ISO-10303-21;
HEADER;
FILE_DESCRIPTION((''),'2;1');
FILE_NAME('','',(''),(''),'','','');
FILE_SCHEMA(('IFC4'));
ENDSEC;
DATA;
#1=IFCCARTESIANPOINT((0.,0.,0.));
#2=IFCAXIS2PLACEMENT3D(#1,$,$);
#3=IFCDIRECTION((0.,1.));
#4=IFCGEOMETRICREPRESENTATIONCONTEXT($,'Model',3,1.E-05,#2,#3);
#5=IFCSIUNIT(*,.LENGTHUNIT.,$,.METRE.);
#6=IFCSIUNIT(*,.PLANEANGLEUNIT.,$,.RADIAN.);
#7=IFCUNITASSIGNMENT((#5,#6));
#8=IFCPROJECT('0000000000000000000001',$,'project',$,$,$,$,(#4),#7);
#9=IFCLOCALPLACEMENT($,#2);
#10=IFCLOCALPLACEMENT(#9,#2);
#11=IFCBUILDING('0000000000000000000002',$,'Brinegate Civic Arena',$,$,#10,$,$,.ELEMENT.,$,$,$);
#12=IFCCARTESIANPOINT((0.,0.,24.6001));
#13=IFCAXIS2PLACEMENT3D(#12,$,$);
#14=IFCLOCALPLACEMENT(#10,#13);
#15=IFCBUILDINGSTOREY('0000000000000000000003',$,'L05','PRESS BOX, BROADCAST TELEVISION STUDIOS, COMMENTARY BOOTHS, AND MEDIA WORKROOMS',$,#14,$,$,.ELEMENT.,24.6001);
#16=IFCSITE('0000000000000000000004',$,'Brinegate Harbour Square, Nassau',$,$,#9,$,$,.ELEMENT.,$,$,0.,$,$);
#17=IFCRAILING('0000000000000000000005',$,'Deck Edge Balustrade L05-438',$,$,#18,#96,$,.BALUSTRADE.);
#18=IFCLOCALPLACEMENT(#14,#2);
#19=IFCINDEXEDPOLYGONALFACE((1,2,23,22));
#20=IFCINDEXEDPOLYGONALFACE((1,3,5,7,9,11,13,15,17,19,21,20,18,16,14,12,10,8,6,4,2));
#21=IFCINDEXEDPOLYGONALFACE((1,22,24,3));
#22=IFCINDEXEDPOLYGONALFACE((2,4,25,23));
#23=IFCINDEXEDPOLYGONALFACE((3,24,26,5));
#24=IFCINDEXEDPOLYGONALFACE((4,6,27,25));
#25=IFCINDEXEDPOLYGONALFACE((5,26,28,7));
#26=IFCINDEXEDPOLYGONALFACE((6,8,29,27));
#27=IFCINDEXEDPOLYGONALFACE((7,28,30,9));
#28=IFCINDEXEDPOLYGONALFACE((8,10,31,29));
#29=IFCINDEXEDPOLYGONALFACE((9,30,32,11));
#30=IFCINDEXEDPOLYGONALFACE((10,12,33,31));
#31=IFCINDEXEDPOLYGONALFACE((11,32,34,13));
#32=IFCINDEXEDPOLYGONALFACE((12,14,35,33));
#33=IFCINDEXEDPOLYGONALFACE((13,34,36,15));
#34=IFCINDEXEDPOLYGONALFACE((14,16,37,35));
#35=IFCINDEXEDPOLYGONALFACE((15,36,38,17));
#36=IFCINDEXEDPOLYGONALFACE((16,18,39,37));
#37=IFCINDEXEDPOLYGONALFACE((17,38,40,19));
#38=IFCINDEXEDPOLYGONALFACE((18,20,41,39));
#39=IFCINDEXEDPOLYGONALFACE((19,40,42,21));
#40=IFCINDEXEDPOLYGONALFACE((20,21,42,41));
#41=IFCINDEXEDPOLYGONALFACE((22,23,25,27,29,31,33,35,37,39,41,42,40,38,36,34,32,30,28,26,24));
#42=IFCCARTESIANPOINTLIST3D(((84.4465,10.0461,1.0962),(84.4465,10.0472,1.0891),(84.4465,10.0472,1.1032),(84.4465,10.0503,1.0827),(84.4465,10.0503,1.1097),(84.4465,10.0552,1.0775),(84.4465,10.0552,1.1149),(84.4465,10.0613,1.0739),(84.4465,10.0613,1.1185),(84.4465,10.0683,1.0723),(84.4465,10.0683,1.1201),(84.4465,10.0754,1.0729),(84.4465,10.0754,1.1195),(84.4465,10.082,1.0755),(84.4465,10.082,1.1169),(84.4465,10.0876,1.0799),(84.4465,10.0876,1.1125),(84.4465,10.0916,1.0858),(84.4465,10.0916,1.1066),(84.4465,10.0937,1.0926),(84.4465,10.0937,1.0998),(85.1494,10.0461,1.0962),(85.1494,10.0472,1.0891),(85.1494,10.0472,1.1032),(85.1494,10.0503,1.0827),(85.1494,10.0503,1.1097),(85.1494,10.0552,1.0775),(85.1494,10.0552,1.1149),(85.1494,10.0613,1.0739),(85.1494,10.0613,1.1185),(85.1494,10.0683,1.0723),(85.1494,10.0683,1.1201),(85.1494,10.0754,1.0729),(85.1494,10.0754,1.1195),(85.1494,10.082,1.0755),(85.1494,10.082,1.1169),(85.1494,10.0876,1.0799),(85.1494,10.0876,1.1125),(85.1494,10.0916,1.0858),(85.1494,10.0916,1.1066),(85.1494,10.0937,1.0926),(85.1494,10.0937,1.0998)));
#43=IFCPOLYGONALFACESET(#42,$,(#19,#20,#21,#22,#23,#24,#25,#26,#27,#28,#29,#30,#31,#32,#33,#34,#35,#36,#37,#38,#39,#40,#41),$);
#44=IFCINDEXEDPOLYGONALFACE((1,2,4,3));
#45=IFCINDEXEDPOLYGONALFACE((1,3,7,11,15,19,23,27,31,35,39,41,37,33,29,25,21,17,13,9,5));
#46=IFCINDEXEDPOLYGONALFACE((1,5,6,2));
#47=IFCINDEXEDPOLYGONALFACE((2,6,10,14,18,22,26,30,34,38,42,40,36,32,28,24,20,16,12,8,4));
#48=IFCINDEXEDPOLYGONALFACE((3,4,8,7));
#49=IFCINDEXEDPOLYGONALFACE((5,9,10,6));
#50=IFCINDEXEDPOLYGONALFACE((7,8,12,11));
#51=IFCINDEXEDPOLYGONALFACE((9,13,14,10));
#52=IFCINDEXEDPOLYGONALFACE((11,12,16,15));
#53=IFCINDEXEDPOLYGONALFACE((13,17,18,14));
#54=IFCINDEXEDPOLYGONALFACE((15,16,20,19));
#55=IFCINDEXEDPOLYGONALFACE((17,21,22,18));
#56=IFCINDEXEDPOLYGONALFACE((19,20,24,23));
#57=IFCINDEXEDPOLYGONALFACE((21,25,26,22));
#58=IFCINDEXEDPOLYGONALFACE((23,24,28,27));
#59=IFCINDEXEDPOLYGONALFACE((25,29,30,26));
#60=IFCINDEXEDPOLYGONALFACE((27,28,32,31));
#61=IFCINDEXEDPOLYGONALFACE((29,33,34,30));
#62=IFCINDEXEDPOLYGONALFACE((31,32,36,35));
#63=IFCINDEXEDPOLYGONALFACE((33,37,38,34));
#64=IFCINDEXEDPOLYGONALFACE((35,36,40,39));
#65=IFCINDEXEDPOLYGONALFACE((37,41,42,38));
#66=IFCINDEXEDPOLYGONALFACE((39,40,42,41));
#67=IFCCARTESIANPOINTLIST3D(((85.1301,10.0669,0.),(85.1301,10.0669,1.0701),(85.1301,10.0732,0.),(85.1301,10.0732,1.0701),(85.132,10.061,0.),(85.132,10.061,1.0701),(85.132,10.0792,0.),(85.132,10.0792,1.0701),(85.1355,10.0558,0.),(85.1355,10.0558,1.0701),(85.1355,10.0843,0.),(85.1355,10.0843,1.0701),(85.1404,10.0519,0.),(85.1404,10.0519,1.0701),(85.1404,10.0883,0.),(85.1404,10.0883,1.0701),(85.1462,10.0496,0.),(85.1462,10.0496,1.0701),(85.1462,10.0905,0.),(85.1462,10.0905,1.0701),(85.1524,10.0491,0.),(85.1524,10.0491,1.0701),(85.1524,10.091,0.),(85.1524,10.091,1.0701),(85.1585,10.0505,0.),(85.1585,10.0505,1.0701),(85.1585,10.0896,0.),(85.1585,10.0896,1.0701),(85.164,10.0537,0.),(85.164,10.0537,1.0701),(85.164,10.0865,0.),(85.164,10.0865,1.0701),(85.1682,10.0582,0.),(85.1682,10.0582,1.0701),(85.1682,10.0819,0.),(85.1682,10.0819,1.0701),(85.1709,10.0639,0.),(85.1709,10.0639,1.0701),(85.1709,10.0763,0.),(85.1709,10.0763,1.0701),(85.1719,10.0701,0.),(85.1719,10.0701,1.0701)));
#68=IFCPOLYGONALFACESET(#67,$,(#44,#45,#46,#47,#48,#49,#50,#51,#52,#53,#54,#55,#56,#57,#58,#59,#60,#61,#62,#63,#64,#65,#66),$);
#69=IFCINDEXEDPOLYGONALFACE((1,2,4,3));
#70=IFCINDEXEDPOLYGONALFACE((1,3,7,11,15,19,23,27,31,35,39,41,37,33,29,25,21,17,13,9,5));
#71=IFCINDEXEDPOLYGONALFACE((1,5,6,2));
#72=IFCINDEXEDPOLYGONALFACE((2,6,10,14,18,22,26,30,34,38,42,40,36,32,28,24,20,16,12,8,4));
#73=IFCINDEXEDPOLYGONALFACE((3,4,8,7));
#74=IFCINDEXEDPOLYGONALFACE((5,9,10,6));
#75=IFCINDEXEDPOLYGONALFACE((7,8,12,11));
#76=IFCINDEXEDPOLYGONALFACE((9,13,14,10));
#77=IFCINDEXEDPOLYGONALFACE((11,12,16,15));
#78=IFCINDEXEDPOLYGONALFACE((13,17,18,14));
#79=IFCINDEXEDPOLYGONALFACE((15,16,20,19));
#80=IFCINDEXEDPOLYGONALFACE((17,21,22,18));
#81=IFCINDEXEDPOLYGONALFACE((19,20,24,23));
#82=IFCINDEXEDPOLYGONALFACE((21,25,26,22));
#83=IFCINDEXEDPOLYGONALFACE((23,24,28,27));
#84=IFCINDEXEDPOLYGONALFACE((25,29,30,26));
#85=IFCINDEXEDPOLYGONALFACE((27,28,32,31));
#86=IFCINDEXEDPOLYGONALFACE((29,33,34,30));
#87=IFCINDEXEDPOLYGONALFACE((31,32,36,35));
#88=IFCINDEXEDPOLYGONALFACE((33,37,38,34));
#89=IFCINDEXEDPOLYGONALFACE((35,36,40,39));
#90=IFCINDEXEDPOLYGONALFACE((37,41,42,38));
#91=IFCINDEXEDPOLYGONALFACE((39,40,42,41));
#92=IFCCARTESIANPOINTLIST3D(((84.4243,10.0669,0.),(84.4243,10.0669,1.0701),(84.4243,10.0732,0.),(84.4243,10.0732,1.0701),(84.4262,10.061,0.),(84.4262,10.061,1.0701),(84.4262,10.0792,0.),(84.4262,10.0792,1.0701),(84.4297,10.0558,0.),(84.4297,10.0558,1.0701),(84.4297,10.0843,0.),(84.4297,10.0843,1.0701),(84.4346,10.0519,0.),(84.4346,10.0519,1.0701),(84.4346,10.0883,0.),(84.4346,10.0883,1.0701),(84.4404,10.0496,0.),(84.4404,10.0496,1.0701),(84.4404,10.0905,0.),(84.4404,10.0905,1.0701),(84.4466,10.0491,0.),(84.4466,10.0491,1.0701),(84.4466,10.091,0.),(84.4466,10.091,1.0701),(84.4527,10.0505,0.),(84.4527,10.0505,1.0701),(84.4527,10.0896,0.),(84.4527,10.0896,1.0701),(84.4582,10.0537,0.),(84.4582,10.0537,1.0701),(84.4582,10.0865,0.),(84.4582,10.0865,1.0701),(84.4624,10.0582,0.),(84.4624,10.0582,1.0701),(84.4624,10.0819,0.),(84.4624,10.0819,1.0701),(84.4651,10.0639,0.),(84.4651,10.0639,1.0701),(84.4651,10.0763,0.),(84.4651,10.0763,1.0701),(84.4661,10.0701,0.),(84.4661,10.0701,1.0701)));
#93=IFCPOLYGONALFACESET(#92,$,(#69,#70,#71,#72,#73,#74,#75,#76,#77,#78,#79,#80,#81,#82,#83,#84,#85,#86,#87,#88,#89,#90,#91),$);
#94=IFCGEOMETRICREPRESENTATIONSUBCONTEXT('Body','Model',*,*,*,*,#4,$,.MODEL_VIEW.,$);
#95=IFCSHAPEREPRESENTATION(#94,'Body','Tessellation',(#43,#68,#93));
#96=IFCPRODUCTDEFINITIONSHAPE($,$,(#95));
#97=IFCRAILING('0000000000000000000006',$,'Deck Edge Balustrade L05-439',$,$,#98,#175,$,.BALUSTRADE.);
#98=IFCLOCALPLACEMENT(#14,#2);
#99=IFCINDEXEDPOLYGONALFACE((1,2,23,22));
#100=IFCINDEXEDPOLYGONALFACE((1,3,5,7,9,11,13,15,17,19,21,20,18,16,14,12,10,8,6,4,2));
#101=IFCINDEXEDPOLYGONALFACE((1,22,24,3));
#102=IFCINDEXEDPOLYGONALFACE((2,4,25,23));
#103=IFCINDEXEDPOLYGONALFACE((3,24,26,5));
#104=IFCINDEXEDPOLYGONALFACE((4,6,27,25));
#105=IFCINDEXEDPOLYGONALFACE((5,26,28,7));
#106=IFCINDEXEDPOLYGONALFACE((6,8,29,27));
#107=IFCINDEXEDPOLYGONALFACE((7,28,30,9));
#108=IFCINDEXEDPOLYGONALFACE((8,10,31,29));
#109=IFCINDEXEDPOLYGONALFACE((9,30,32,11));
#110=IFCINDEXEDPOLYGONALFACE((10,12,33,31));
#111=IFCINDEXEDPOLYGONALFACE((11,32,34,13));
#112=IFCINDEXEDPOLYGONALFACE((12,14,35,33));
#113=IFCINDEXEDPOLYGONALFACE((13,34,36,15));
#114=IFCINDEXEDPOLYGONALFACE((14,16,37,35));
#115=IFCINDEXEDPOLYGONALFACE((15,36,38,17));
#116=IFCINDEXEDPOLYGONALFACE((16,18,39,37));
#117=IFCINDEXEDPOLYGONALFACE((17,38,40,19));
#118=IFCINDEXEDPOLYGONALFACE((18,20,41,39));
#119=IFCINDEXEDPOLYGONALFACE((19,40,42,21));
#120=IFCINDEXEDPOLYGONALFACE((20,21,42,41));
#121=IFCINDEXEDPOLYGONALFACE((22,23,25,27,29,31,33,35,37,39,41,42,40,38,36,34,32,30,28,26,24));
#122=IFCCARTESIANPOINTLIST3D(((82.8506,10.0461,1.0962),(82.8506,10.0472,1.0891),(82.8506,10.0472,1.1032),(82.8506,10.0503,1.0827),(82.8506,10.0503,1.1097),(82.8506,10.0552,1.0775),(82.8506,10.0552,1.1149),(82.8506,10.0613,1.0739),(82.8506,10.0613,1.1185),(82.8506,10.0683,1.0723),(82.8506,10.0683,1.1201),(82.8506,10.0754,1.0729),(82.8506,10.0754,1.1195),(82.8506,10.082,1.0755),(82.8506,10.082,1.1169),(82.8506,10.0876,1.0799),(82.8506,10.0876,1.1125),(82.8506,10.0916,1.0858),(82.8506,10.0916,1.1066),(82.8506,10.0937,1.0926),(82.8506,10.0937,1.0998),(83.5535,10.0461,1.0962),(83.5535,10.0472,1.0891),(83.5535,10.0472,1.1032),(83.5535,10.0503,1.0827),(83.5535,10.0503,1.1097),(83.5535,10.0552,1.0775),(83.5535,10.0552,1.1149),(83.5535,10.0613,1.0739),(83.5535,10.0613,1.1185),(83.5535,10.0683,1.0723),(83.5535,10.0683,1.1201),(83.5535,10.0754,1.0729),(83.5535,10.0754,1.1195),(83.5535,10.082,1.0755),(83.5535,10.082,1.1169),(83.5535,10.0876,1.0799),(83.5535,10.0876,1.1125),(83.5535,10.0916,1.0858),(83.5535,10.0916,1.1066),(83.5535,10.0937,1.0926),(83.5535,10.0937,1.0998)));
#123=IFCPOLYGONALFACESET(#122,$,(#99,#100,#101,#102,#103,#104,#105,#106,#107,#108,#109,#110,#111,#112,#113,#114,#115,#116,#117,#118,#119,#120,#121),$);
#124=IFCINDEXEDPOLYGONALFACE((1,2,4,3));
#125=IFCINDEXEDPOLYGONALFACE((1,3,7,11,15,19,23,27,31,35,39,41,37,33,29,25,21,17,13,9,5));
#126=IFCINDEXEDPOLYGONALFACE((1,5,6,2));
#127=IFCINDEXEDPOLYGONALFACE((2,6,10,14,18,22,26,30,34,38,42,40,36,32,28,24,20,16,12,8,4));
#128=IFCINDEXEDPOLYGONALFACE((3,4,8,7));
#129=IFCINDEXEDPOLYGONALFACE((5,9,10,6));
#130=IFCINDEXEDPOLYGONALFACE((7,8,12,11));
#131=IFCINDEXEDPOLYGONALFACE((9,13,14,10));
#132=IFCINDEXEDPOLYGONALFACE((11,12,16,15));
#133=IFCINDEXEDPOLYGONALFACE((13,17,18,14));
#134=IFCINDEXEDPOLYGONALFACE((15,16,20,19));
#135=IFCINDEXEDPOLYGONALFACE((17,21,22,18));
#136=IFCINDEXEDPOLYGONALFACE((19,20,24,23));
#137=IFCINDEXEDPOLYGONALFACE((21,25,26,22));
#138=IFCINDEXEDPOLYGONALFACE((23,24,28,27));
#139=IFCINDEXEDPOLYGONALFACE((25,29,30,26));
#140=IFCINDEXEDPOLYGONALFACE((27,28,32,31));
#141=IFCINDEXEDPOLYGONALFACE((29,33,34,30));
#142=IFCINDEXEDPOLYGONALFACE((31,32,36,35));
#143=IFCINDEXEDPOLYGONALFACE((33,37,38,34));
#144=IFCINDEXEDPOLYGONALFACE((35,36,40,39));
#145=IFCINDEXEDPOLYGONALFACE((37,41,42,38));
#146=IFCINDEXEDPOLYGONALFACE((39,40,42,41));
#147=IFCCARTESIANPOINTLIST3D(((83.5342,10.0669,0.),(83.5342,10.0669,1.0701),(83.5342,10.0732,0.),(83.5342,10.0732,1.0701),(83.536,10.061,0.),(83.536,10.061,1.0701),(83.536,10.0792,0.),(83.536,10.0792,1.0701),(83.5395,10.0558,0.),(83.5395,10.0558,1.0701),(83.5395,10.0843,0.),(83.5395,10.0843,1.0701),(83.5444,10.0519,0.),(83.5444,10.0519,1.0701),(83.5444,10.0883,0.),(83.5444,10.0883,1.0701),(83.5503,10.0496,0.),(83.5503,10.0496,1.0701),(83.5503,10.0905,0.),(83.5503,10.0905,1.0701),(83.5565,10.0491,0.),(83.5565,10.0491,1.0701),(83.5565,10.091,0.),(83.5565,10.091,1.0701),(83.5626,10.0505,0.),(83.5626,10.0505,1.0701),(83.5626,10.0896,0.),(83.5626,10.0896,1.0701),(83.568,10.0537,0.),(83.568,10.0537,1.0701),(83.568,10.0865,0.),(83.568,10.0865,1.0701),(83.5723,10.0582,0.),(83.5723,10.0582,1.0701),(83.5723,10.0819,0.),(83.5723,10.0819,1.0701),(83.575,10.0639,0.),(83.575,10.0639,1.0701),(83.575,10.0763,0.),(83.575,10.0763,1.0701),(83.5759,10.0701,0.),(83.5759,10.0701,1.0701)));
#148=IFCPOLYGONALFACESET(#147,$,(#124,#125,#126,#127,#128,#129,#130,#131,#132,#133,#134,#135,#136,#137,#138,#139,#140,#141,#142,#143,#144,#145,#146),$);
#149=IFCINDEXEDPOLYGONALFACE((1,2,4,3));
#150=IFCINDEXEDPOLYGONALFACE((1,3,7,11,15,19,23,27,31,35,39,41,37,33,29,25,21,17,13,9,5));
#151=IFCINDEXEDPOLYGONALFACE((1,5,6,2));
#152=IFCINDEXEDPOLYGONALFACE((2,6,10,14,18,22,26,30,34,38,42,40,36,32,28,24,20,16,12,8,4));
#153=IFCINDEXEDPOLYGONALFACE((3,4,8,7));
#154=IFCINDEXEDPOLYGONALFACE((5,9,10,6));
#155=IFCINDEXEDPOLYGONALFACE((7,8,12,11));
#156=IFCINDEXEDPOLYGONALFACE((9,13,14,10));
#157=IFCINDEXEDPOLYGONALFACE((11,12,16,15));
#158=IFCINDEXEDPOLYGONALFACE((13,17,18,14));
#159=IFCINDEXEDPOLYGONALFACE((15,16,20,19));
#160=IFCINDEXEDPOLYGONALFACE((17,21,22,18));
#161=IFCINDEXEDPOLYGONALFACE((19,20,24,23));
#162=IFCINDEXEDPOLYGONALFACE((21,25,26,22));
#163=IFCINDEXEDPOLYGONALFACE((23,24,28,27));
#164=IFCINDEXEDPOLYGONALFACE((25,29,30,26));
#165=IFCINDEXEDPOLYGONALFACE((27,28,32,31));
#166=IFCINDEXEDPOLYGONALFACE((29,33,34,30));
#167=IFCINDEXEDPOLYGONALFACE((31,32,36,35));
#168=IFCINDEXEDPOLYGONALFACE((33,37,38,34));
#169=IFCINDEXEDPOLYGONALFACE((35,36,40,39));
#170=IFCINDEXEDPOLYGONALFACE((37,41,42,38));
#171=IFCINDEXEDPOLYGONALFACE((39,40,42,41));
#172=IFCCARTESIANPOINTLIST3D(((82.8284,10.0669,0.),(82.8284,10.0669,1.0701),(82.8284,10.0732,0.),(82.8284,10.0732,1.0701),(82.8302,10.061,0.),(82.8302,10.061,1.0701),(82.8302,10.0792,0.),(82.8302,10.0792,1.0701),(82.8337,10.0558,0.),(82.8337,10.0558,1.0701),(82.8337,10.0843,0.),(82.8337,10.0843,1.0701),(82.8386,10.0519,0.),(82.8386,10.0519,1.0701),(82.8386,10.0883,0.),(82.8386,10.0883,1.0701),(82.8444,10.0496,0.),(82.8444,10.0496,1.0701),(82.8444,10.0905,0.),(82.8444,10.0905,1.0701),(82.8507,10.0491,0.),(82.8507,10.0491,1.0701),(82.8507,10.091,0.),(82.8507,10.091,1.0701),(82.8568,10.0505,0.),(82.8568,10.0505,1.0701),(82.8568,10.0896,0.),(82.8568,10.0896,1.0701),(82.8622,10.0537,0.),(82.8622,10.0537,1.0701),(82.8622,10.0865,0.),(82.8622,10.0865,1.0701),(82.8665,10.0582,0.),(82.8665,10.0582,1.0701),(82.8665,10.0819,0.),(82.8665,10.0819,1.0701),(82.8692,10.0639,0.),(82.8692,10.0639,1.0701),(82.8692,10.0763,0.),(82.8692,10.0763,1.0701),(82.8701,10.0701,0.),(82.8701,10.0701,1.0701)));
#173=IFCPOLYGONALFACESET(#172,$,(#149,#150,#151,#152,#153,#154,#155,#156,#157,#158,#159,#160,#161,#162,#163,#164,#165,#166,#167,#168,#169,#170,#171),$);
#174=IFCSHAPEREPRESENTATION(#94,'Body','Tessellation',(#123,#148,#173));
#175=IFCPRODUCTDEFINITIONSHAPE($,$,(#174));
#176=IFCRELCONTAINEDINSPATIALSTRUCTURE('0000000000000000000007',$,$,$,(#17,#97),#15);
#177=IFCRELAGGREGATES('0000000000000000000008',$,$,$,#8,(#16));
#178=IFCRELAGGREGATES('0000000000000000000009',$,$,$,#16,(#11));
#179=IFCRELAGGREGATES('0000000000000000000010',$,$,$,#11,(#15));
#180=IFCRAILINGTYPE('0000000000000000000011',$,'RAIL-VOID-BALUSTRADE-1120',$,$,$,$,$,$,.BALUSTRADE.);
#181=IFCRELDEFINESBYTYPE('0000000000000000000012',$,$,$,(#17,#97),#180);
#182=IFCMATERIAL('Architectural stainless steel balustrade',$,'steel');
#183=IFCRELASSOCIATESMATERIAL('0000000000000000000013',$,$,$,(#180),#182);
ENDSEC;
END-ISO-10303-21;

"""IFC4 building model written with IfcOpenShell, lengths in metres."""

from ifc_helpers import new_model, si_unit, direction, frame, origin, origin_2d, place, context, subcontext, project, spatial, circle, extrude, material, type_object, element, save


model = new_model("IFC4")

# Units and contexts
model_context = context("Model", 3, precision=1e-05, world=origin(), true_north=direction((0.0, 1.0)))
body_context = subcontext(model_context, "Body", "Model", "MODEL_VIEW")
ifc_project = project(units=[si_unit("LENGTHUNIT", "METRE"), si_unit("PLANEANGLEUNIT", "RADIAN")], contexts=[model_context])

# Site, building, storey
site_placement = place(None, origin())
site = spatial("IfcSite", under=ifc_project, at=site_placement, Name="Brinegate Harbour Square, Nassau", CompositionType="ELEMENT", RefElevation=0.0)
building_placement = place(site_placement, origin())
building = spatial("IfcBuilding", under=site, at=building_placement, Name="Brinegate Civic Arena", CompositionType="ELEMENT")
storey_placement = place(building_placement, frame((0.0, 0.0, 24.6001)))
storey = spatial("IfcBuildingStorey", under=building, at=storey_placement, Name="L05", Description="PRESS BOX, BROADCAST TELEVISION STUDIOS, COMMENTARY BOOTHS, AND MEDIA WORKROOMS", CompositionType="ELEMENT", Elevation=24.6001)

# Railings
ifc_material_1 = material(Name="Architectural stainless steel balustrade", Category="steel")
railing_type = type_object("IfcRailingType", Name="RAIL-VOID-BALUSTRADE-1120", PredefinedType="BALUSTRADE", material=ifc_material_1)
for number, where, name in (
    (1, (85.1509, 10.0701, 0.0), "Deck Edge Balustrade L05-438"),
    (2, (83.5549, 10.0701, 0.0), "Deck Edge Balustrade L05-439"),
):
    element("IfcRailing", number, at=place(storey_placement, frame(where)), inside=storey, type_object=railing_type, Name=name, PredefinedType="BALUSTRADE", context=body_context, shape_type="SweptSolid", body=[
        extrude(circle(Radius=0.0239, at=origin_2d()), frame((-0.0015, 0.0, 1.0962), z_axis=(-1.0, 0.0, 0.0), x_axis=(0.0, -1.0, 0.0)), (0.0, 0.0, 1.0), 0.7029),
        extrude(circle(Radius=0.021, at=origin_2d()), origin(), (0.0, 0.0, 1.0), 1.0701),
        extrude(circle(Radius=0.021, at=origin_2d()), frame((-0.7058, 0.0, 0.0)), (0.0, 0.0, 1.0), 1.0701),
    ])

save(model, "model.ifc")
